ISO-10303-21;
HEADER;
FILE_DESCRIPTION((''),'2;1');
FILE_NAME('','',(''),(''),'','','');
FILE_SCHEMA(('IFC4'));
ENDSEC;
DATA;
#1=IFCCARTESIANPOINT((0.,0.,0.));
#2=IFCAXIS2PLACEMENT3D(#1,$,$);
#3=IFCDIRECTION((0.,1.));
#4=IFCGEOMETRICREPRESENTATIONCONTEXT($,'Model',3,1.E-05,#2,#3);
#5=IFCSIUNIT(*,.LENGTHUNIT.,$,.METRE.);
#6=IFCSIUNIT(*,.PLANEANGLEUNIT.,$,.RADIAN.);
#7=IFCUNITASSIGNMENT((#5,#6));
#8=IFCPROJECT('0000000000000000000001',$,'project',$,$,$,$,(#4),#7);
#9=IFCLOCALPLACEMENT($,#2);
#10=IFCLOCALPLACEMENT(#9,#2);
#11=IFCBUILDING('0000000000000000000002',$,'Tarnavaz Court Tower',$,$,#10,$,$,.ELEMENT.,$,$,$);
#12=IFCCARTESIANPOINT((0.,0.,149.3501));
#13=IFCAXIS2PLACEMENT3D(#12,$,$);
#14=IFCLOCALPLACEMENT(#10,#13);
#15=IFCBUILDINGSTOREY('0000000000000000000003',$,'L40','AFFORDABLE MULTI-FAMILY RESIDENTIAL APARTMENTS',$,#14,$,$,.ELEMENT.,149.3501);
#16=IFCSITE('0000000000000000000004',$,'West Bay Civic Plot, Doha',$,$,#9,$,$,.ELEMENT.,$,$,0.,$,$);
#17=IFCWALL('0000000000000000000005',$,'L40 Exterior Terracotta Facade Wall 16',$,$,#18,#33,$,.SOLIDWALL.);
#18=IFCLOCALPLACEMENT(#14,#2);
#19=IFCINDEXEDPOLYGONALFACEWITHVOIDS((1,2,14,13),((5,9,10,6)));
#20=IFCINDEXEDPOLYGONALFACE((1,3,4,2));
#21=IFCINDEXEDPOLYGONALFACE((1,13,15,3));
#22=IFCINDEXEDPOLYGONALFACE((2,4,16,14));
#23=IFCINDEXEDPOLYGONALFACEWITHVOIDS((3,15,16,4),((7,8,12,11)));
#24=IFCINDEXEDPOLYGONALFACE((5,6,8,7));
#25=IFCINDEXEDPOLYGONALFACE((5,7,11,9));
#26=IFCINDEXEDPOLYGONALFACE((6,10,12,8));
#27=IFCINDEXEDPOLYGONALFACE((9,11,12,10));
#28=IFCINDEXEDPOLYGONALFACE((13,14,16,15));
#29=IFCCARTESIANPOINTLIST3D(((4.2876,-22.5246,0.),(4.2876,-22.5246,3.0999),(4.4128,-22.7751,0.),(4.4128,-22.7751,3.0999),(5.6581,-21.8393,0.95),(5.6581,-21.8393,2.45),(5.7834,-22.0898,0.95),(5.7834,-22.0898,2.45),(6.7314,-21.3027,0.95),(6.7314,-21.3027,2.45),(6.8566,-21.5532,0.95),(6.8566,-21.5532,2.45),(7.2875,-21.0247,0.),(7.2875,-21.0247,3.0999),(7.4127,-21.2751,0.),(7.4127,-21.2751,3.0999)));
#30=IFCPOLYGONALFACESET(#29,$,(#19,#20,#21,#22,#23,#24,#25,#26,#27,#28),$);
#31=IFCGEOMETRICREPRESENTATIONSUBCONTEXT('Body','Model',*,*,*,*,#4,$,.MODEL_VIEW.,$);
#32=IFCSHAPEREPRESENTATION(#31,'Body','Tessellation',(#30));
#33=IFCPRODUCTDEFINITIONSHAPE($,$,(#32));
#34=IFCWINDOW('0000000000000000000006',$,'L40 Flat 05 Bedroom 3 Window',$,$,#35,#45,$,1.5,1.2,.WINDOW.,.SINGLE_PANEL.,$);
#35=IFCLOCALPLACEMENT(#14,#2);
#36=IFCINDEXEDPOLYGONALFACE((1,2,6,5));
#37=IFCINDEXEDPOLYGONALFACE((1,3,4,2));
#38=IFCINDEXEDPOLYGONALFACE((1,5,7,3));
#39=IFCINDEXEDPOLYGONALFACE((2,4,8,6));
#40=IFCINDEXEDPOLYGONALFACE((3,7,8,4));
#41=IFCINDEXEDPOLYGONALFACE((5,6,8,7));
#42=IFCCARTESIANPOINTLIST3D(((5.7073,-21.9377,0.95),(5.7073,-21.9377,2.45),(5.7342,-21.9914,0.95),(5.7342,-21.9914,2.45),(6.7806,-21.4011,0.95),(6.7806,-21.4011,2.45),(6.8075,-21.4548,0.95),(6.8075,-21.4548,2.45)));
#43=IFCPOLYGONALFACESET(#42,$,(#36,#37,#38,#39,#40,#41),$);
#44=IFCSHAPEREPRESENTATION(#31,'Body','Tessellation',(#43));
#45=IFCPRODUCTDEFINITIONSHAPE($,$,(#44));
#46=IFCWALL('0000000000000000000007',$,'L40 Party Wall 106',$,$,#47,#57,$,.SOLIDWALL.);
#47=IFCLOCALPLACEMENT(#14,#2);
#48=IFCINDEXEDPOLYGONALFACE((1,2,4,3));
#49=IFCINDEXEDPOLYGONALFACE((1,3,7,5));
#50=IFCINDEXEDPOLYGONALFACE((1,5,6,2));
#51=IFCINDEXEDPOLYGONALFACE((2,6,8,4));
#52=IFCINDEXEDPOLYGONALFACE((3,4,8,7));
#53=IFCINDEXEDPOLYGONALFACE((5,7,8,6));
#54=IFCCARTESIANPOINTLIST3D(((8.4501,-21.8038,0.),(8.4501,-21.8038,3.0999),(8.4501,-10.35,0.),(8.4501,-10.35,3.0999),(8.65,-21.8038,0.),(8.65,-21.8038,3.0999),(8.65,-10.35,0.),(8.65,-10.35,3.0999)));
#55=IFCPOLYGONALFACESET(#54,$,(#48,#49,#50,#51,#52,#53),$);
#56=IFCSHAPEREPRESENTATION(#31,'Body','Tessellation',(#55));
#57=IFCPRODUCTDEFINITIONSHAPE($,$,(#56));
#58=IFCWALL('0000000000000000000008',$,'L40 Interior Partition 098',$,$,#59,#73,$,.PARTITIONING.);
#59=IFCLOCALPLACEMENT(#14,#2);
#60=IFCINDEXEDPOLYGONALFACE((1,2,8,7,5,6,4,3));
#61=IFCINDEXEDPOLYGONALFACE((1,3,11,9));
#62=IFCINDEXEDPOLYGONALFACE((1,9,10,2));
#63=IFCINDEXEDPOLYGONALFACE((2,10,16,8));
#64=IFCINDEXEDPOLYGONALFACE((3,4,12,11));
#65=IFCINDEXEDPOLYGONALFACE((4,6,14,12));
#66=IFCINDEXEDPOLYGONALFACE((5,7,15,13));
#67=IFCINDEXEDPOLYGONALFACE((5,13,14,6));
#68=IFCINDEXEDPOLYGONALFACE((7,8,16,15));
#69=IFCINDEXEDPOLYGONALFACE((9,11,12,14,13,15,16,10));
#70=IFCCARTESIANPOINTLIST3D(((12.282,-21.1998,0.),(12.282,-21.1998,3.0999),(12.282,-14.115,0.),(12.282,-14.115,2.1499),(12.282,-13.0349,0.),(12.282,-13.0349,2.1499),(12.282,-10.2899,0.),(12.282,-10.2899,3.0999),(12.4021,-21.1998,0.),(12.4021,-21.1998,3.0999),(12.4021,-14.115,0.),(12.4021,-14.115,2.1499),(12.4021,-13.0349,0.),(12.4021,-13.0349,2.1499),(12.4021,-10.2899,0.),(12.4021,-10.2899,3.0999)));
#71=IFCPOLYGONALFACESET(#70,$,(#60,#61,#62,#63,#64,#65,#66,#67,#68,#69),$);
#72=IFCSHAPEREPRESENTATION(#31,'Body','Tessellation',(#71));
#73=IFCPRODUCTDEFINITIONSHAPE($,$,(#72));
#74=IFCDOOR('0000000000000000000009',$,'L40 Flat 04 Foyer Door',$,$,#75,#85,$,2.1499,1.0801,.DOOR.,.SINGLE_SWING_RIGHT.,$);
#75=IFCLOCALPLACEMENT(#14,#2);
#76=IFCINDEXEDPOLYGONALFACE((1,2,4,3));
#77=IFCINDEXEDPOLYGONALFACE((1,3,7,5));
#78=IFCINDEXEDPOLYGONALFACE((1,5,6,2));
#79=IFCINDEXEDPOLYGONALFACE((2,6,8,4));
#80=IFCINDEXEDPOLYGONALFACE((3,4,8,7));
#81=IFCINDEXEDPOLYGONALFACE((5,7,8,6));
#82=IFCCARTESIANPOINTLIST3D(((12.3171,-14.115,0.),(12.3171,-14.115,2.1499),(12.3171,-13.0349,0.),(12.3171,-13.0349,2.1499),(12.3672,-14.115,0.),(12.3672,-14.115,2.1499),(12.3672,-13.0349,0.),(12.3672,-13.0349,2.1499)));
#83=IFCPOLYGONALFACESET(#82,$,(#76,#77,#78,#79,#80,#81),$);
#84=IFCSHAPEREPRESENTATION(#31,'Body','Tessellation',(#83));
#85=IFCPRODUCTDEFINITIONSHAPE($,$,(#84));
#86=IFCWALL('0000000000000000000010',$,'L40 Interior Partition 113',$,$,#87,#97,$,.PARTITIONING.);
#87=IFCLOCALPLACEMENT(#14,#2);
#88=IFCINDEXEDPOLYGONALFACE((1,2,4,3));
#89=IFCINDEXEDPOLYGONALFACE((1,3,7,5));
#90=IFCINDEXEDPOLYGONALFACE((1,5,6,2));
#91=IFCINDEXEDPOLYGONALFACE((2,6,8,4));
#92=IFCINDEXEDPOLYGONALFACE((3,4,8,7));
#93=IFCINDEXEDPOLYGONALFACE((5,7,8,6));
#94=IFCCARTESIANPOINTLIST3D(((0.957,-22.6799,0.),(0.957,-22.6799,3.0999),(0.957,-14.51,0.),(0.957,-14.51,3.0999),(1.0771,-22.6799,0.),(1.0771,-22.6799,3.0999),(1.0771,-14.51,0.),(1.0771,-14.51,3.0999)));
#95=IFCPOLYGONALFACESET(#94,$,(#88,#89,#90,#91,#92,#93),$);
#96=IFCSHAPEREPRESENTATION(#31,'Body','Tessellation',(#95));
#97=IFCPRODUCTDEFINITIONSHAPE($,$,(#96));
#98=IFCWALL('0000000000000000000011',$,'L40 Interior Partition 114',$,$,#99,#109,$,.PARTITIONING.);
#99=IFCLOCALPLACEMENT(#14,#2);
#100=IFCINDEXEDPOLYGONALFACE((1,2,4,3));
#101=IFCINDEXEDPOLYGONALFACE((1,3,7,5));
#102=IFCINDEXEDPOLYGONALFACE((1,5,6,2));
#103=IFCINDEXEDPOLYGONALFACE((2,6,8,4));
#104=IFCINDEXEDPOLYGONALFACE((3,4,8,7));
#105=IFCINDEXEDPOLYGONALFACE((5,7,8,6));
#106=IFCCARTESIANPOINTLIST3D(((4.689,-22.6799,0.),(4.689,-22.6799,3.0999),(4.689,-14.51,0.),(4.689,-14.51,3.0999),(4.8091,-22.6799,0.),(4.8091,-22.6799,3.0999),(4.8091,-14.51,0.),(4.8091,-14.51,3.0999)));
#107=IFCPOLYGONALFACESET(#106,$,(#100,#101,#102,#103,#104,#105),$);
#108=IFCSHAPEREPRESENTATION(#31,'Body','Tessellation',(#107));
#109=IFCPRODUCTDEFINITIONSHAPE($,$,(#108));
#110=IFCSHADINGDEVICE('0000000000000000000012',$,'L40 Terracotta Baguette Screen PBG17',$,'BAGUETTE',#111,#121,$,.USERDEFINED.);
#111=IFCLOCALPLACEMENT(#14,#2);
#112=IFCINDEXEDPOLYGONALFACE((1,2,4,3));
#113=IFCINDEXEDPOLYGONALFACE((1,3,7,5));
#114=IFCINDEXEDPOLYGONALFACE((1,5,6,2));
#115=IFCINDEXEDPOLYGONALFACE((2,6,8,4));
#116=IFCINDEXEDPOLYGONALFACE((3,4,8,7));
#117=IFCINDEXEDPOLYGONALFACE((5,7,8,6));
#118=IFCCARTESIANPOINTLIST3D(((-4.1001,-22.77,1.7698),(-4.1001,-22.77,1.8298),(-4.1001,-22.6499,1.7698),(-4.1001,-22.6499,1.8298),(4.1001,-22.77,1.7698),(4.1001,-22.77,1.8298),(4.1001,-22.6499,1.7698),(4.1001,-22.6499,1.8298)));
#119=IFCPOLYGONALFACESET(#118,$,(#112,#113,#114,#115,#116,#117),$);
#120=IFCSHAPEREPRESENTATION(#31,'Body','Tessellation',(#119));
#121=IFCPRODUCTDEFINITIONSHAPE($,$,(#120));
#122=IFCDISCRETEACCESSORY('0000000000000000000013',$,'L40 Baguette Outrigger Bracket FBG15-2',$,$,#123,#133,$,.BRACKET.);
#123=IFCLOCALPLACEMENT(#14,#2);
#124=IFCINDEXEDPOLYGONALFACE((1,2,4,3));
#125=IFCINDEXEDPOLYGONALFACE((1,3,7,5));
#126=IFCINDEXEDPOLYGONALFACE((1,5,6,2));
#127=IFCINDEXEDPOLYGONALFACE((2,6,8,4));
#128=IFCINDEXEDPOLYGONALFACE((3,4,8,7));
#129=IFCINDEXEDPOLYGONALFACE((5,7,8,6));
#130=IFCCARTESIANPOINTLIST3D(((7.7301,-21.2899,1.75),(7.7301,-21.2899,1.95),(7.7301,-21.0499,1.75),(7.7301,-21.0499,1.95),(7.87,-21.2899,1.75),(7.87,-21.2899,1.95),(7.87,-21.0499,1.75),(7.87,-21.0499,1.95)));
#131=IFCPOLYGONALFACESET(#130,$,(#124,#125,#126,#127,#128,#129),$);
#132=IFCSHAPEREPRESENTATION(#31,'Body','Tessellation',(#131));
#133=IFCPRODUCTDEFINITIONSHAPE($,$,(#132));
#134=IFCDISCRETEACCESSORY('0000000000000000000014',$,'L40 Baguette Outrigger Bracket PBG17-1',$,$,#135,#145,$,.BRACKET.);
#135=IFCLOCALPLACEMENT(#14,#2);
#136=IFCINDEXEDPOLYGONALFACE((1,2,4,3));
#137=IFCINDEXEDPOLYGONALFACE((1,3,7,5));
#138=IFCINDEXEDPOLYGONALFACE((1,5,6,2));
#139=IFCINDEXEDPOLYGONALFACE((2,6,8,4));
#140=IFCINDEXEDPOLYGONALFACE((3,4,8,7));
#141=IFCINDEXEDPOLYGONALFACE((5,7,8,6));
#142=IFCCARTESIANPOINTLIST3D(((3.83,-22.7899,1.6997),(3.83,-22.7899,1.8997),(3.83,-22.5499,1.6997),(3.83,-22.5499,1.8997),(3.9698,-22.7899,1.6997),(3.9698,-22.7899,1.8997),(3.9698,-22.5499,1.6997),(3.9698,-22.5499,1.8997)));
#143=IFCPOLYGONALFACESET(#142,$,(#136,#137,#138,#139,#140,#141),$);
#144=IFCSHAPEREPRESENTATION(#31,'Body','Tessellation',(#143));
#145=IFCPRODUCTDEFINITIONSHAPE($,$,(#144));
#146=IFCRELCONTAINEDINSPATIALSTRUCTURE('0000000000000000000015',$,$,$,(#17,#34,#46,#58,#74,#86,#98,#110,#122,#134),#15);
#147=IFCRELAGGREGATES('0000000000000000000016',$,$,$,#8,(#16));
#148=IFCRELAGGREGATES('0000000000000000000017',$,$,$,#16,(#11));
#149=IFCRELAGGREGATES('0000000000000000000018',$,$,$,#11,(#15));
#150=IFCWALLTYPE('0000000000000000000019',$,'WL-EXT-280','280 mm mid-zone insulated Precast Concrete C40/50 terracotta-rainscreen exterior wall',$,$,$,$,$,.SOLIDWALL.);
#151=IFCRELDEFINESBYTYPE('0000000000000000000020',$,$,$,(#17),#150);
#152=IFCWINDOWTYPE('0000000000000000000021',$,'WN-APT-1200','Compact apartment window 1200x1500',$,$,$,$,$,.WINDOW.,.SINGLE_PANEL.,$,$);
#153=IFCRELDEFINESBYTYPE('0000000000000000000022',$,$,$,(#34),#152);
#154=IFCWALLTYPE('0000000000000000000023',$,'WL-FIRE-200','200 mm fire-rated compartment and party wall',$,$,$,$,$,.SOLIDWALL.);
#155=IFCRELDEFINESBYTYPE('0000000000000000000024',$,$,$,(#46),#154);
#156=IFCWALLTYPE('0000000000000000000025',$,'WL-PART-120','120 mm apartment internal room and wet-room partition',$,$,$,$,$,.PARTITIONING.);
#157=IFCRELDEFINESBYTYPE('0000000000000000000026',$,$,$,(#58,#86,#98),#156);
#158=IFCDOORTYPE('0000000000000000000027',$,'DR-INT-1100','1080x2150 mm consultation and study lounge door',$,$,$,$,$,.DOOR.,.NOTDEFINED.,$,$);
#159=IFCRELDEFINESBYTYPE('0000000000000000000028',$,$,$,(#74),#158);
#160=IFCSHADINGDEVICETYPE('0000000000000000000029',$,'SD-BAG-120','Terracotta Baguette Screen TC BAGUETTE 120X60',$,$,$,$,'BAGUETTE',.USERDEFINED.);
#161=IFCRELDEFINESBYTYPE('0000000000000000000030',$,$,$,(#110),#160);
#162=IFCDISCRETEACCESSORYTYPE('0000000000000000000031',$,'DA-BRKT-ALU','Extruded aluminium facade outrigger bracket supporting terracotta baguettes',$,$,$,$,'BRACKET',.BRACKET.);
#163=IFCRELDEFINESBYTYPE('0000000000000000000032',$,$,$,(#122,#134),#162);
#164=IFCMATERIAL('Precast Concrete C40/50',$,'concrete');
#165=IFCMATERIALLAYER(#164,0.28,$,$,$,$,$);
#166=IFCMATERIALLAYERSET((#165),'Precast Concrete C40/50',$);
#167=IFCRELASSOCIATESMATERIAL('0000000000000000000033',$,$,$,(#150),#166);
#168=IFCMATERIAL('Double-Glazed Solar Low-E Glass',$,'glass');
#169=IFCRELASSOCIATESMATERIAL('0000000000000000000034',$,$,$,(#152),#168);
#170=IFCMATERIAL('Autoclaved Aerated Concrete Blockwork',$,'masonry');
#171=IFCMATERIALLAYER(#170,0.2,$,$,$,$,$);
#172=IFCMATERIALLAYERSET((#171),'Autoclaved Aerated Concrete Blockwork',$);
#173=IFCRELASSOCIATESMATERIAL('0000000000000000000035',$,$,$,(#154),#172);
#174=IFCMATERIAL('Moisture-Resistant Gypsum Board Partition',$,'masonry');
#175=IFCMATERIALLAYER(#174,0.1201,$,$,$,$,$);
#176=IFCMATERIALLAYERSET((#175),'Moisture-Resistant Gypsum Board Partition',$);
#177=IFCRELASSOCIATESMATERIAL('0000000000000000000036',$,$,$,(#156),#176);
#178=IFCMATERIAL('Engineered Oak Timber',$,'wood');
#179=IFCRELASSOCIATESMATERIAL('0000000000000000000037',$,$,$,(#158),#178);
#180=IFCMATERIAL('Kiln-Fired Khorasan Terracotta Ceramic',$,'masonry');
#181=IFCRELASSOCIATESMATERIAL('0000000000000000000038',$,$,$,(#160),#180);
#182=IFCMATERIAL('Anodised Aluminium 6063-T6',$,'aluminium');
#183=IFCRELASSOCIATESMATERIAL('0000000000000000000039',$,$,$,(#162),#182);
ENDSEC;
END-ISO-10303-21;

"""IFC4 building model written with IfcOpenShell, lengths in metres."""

from ifc_helpers import new_model, si_unit, direction, frame, frame_2d, origin, origin_2d, place, context, subcontext, project, spatial, rectangle, extrude, material, layer, layer_set, material_profile, profile_set, type_object, element, fill, save


model = new_model("IFC4")

# Units and contexts
model_context = context("Model", 3, precision=1e-05, world=origin(), true_north=direction((0.0, 1.0)))
body_context = subcontext(model_context, "Body", "Model", "MODEL_VIEW")
ifc_project = project(units=[si_unit("LENGTHUNIT", "METRE"), si_unit("PLANEANGLEUNIT", "RADIAN")], contexts=[model_context])

# Site, building, storey
site_placement = place(None, origin())
site = spatial("IfcSite", under=ifc_project, at=site_placement, Name="West Bay Civic Plot, Doha", CompositionType="ELEMENT", RefElevation=0.0)
building_placement = place(site_placement, origin())
building = spatial("IfcBuilding", under=site, at=building_placement, Name="Tarnavaz Court Tower", CompositionType="ELEMENT")
storey_placement = place(building_placement, frame((0.0, 0.0, 149.3501)))
storey = spatial("IfcBuildingStorey", under=building, at=storey_placement, Name="L40", Description="AFFORDABLE MULTI-FAMILY RESIDENTIAL APARTMENTS", CompositionType="ELEMENT", Elevation=149.3501)

# Shared definitions
ifc_material_1 = material(Name="Anodised Aluminium 6063-T6", Category="aluminium")
ifc_material_2 = material(Name="Double-Glazed Solar Low-E Glass", Category="glass")

# Wall, opening, window
ifc_material_3 = material(Name="Precast Concrete C40/50", Category="concrete")
ifc_layer_1 = layer(ifc_material_3, 0.28)
ifc_layer_set_1 = layer_set([ifc_layer_1], Name="Precast Concrete C40/50")
wall_type_1 = type_object("IfcWallType", Name="WL-EXT-280", Description="280 mm mid-zone insulated Precast Concrete C40/50 terracotta-rainscreen exterior wall", PredefinedType="SOLIDWALL", material=ifc_layer_set_1)
wall_1_placement = place(storey_placement, frame((7.3501, -21.1499, 0.0), z_axis=(0.0, 0.0, 1.0), x_axis=(-0.894427, -0.447214, 0.0)))
wall_1 = element("IfcWall", 1, at=wall_1_placement, inside=storey, type_object=wall_type_1, Name="L40 Exterior Terracotta Facade Wall 16", PredefinedType="SOLIDWALL", context=body_context, shape_type="SweptSolid", body=[
    extrude(rectangle(XDim=3.354, YDim=0.28, at=frame_2d((1.677, 0.0))), origin(), (0.0, 0.0, 1.0), 3.0999),
])
opening_1_placement = place(wall_1_placement, frame((0.6216, 0.0, 0.95)))
opening_1 = element("IfcOpeningElement", 2, at=opening_1_placement, cuts=wall_1, PredefinedType="OPENING", context=body_context, shape_type="SweptSolid", body=[
    extrude(rectangle(XDim=1.2, YDim=1.5, at=frame_2d((0.6001, 0.75))), frame((0.0, 0.1499, 0.0), z_axis=(0.0, -1.0, 0.0), x_axis=(1.0, 0.0, 0.0)), (0.0, 0.0, 1.0), 0.3),
])
window_type = type_object("IfcWindowType", Name="WN-APT-1200", Description="Compact apartment window 1200x1500", PartitioningType="SINGLE_PANEL", PredefinedType="WINDOW", material=ifc_material_2)
window_placement = place(opening_1_placement, origin())
window = element("IfcWindow", 3, at=window_placement, inside=storey, type_object=window_type, Name="L40 Flat 05 Bedroom 3 Window", OverallHeight=1.5, OverallWidth=1.2, PartitioningType="SINGLE_PANEL", PredefinedType="WINDOW", context=body_context, shape_type="SweptSolid", body=[
    extrude(rectangle(XDim=1.2, YDim=1.5, at=frame_2d((0.6001, 0.75))), frame((0.0, 0.03, 0.0), z_axis=(0.0, -1.0, 0.0), x_axis=(1.0, 0.0, 0.0)), (0.0, 0.0, 1.0), 0.0601),
])
fill(opening_1, window)

# Wall
ifc_material_4 = material(Name="Autoclaved Aerated Concrete Blockwork", Category="masonry")
ifc_layer_2 = layer(ifc_material_4, 0.2)
ifc_layer_set_2 = layer_set([ifc_layer_2], Name="Autoclaved Aerated Concrete Blockwork")
wall_type_2 = type_object("IfcWallType", Name="WL-FIRE-200", Description="200 mm fire-rated compartment and party wall", PredefinedType="SOLIDWALL", material=ifc_layer_set_2)
wall_2_placement = place(storey_placement, frame((8.55, -21.804, 0.0), z_axis=(0.0, 0.0, 1.0), x_axis=(0.0, 1.0, 0.0)))
element("IfcWall", 4, at=wall_2_placement, inside=storey, type_object=wall_type_2, Name="L40 Party Wall 106", PredefinedType="SOLIDWALL", context=body_context, shape_type="SweptSolid", body=[
    extrude(rectangle(XDim=11.4539, YDim=0.2, at=frame_2d((5.7271, 0.0))), origin(), (0.0, 0.0, 1.0), 3.0999),
])

# Wall, opening, door
ifc_material_5 = material(Name="Moisture-Resistant Gypsum Board Partition", Category="masonry")
ifc_layer_3 = layer(ifc_material_5, 0.1201)
ifc_layer_set_3 = layer_set([ifc_layer_3], Name="Moisture-Resistant Gypsum Board Partition")
wall_type_3 = type_object("IfcWallType", Name="WL-PART-120", Description="120 mm apartment internal room and wet-room partition", PredefinedType="PARTITIONING", material=ifc_layer_set_3)
wall_3_placement = place(storey_placement, frame((12.342, -21.2, 0.0), z_axis=(0.0, 0.0, 1.0), x_axis=(0.0, 1.0, 0.0)))
wall_3 = element("IfcWall", 5, at=wall_3_placement, inside=storey, type_object=wall_type_3, Name="L40 Interior Partition 098", PredefinedType="PARTITIONING", context=body_context, shape_type="SweptSolid", body=[
    extrude(rectangle(XDim=10.9099, YDim=0.1201, at=frame_2d((5.4551, 0.0))), origin(), (0.0, 0.0, 1.0), 3.0999),
])
opening_2_placement = place(wall_3_placement, frame((7.085, 0.0, 0.0)))
opening_2 = element("IfcOpeningElement", 6, at=opening_2_placement, cuts=wall_3, PredefinedType="OPENING", context=body_context, shape_type="SweptSolid", body=[
    extrude(rectangle(XDim=1.0801, YDim=2.1499, at=frame_2d((0.54, 1.075))), frame((0.0, 0.0701, 0.0), z_axis=(0.0, -1.0, 0.0), x_axis=(1.0, 0.0, 0.0)), (0.0, 0.0, 1.0), 0.1401),
])
ifc_material_6 = material(Name="Engineered Oak Timber", Category="wood")
door_type = type_object("IfcDoorType", Name="DR-INT-1100", Description="1080x2150 mm consultation and study lounge door", OperationType="NOTDEFINED", PredefinedType="DOOR", material=ifc_material_6)
door_placement = place(opening_2_placement, origin())
door = element("IfcDoor", 7, at=door_placement, inside=storey, type_object=door_type, Name="L40 Flat 04 Foyer Door", OperationType="SINGLE_SWING_RIGHT", OverallHeight=2.1499, OverallWidth=1.0801, PredefinedType="DOOR", context=body_context, shape_type="SweptSolid", body=[
    extrude(rectangle(XDim=1.0801, YDim=2.1499, at=frame_2d((0.54, 1.075))), frame((0.0, 0.0249, 0.0), z_axis=(0.0, -1.0, 0.0), x_axis=(1.0, 0.0, 0.0)), (0.0, 0.0, 1.0), 0.05),
])
fill(opening_2, door)

# Walls
for number, where, z_axis, x_axis, name in (
    (8, (1.0171, -22.6799, 0.0), (0.0, 0.0, 1.0), (0.0, 1.0, 0.0), "L40 Interior Partition 113"),
    (9, (4.749, -22.6799, 0.0), (0.0, 0.0, 1.0), (0.0, 1.0, 0.0), "L40 Interior Partition 114"),
):
    element("IfcWall", number, at=place(storey_placement, frame(where, z_axis=z_axis, x_axis=x_axis)), inside=storey, type_object=wall_type_3, Name=name, PredefinedType="PARTITIONING", context=body_context, shape_type="SweptSolid", body=[
        extrude(rectangle(XDim=8.1699, YDim=0.1201, at=frame_2d((4.085, 0.0))), origin(), (0.0, 0.0, 1.0), 3.0999),
    ])

# Shading device
ifc_material_7 = material(Name="Kiln-Fired Khorasan Terracotta Ceramic", Category="masonry")
ifc_material_profile_1 = material_profile(ifc_material_7, rectangle(XDim=0.1201, YDim=0.0601, at=origin_2d()), Name="TC BAGUETTE 120X60")
ifc_profile_set_1 = profile_set([ifc_material_profile_1], Name="Kiln-Fired Khorasan Terracotta Ceramic")
shading_device_type = type_object("IfcShadingDeviceType", Name="SD-BAG-120", Description="Terracotta Baguette Screen TC BAGUETTE 120X60", ElementType="BAGUETTE", PredefinedType="USERDEFINED", material=ifc_profile_set_1)
shading_device_placement = place(storey_placement, frame((4.1001, -22.71, 1.7998), z_axis=(-1.0, 0.0, 0.0), x_axis=(0.0, -1.0, 0.0)))
element("IfcShadingDevice", 10, at=shading_device_placement, inside=storey, type_object=shading_device_type, Name="L40 Terracotta Baguette Screen PBG17", ObjectType="BAGUETTE", PredefinedType="USERDEFINED", context=body_context, shape_type="SweptSolid", body=[
    extrude(rectangle(XDim=0.1201, YDim=0.0601, at=origin_2d()), origin(), (0.0, 0.0, 1.0), 8.2002),
])

# Discrete accessories
discrete_accessory_type = type_object("IfcDiscreteAccessoryType", Name="DA-BRKT-ALU", Description="Extruded aluminium facade outrigger bracket supporting terracotta baguettes", ElementType="BRACKET", PredefinedType="BRACKET", material=ifc_material_1)
for number, where, z_axis, x_axis, name in (
    (11, (7.8, -21.1699, 1.75), (0.0, 0.0, 1.0), (-1.0, 0.0, 0.0), "L40 Baguette Outrigger Bracket FBG15-2"),
    (12, (3.8999, -22.6699, 1.6997), (0.0, 0.0, 1.0), (-1.0, 0.0, 0.0), "L40 Baguette Outrigger Bracket PBG17-1"),
):
    element("IfcDiscreteAccessory", number, at=place(storey_placement, frame(where, z_axis=z_axis, x_axis=x_axis)), inside=storey, type_object=discrete_accessory_type, Name=name, PredefinedType="BRACKET", context=body_context, shape_type="SweptSolid", body=[
        extrude(rectangle(XDim=0.1399, YDim=0.24, at=origin_2d()), origin(), (0.0, 0.0, 1.0), 0.2),
    ])

save(model, "model.ifc")
